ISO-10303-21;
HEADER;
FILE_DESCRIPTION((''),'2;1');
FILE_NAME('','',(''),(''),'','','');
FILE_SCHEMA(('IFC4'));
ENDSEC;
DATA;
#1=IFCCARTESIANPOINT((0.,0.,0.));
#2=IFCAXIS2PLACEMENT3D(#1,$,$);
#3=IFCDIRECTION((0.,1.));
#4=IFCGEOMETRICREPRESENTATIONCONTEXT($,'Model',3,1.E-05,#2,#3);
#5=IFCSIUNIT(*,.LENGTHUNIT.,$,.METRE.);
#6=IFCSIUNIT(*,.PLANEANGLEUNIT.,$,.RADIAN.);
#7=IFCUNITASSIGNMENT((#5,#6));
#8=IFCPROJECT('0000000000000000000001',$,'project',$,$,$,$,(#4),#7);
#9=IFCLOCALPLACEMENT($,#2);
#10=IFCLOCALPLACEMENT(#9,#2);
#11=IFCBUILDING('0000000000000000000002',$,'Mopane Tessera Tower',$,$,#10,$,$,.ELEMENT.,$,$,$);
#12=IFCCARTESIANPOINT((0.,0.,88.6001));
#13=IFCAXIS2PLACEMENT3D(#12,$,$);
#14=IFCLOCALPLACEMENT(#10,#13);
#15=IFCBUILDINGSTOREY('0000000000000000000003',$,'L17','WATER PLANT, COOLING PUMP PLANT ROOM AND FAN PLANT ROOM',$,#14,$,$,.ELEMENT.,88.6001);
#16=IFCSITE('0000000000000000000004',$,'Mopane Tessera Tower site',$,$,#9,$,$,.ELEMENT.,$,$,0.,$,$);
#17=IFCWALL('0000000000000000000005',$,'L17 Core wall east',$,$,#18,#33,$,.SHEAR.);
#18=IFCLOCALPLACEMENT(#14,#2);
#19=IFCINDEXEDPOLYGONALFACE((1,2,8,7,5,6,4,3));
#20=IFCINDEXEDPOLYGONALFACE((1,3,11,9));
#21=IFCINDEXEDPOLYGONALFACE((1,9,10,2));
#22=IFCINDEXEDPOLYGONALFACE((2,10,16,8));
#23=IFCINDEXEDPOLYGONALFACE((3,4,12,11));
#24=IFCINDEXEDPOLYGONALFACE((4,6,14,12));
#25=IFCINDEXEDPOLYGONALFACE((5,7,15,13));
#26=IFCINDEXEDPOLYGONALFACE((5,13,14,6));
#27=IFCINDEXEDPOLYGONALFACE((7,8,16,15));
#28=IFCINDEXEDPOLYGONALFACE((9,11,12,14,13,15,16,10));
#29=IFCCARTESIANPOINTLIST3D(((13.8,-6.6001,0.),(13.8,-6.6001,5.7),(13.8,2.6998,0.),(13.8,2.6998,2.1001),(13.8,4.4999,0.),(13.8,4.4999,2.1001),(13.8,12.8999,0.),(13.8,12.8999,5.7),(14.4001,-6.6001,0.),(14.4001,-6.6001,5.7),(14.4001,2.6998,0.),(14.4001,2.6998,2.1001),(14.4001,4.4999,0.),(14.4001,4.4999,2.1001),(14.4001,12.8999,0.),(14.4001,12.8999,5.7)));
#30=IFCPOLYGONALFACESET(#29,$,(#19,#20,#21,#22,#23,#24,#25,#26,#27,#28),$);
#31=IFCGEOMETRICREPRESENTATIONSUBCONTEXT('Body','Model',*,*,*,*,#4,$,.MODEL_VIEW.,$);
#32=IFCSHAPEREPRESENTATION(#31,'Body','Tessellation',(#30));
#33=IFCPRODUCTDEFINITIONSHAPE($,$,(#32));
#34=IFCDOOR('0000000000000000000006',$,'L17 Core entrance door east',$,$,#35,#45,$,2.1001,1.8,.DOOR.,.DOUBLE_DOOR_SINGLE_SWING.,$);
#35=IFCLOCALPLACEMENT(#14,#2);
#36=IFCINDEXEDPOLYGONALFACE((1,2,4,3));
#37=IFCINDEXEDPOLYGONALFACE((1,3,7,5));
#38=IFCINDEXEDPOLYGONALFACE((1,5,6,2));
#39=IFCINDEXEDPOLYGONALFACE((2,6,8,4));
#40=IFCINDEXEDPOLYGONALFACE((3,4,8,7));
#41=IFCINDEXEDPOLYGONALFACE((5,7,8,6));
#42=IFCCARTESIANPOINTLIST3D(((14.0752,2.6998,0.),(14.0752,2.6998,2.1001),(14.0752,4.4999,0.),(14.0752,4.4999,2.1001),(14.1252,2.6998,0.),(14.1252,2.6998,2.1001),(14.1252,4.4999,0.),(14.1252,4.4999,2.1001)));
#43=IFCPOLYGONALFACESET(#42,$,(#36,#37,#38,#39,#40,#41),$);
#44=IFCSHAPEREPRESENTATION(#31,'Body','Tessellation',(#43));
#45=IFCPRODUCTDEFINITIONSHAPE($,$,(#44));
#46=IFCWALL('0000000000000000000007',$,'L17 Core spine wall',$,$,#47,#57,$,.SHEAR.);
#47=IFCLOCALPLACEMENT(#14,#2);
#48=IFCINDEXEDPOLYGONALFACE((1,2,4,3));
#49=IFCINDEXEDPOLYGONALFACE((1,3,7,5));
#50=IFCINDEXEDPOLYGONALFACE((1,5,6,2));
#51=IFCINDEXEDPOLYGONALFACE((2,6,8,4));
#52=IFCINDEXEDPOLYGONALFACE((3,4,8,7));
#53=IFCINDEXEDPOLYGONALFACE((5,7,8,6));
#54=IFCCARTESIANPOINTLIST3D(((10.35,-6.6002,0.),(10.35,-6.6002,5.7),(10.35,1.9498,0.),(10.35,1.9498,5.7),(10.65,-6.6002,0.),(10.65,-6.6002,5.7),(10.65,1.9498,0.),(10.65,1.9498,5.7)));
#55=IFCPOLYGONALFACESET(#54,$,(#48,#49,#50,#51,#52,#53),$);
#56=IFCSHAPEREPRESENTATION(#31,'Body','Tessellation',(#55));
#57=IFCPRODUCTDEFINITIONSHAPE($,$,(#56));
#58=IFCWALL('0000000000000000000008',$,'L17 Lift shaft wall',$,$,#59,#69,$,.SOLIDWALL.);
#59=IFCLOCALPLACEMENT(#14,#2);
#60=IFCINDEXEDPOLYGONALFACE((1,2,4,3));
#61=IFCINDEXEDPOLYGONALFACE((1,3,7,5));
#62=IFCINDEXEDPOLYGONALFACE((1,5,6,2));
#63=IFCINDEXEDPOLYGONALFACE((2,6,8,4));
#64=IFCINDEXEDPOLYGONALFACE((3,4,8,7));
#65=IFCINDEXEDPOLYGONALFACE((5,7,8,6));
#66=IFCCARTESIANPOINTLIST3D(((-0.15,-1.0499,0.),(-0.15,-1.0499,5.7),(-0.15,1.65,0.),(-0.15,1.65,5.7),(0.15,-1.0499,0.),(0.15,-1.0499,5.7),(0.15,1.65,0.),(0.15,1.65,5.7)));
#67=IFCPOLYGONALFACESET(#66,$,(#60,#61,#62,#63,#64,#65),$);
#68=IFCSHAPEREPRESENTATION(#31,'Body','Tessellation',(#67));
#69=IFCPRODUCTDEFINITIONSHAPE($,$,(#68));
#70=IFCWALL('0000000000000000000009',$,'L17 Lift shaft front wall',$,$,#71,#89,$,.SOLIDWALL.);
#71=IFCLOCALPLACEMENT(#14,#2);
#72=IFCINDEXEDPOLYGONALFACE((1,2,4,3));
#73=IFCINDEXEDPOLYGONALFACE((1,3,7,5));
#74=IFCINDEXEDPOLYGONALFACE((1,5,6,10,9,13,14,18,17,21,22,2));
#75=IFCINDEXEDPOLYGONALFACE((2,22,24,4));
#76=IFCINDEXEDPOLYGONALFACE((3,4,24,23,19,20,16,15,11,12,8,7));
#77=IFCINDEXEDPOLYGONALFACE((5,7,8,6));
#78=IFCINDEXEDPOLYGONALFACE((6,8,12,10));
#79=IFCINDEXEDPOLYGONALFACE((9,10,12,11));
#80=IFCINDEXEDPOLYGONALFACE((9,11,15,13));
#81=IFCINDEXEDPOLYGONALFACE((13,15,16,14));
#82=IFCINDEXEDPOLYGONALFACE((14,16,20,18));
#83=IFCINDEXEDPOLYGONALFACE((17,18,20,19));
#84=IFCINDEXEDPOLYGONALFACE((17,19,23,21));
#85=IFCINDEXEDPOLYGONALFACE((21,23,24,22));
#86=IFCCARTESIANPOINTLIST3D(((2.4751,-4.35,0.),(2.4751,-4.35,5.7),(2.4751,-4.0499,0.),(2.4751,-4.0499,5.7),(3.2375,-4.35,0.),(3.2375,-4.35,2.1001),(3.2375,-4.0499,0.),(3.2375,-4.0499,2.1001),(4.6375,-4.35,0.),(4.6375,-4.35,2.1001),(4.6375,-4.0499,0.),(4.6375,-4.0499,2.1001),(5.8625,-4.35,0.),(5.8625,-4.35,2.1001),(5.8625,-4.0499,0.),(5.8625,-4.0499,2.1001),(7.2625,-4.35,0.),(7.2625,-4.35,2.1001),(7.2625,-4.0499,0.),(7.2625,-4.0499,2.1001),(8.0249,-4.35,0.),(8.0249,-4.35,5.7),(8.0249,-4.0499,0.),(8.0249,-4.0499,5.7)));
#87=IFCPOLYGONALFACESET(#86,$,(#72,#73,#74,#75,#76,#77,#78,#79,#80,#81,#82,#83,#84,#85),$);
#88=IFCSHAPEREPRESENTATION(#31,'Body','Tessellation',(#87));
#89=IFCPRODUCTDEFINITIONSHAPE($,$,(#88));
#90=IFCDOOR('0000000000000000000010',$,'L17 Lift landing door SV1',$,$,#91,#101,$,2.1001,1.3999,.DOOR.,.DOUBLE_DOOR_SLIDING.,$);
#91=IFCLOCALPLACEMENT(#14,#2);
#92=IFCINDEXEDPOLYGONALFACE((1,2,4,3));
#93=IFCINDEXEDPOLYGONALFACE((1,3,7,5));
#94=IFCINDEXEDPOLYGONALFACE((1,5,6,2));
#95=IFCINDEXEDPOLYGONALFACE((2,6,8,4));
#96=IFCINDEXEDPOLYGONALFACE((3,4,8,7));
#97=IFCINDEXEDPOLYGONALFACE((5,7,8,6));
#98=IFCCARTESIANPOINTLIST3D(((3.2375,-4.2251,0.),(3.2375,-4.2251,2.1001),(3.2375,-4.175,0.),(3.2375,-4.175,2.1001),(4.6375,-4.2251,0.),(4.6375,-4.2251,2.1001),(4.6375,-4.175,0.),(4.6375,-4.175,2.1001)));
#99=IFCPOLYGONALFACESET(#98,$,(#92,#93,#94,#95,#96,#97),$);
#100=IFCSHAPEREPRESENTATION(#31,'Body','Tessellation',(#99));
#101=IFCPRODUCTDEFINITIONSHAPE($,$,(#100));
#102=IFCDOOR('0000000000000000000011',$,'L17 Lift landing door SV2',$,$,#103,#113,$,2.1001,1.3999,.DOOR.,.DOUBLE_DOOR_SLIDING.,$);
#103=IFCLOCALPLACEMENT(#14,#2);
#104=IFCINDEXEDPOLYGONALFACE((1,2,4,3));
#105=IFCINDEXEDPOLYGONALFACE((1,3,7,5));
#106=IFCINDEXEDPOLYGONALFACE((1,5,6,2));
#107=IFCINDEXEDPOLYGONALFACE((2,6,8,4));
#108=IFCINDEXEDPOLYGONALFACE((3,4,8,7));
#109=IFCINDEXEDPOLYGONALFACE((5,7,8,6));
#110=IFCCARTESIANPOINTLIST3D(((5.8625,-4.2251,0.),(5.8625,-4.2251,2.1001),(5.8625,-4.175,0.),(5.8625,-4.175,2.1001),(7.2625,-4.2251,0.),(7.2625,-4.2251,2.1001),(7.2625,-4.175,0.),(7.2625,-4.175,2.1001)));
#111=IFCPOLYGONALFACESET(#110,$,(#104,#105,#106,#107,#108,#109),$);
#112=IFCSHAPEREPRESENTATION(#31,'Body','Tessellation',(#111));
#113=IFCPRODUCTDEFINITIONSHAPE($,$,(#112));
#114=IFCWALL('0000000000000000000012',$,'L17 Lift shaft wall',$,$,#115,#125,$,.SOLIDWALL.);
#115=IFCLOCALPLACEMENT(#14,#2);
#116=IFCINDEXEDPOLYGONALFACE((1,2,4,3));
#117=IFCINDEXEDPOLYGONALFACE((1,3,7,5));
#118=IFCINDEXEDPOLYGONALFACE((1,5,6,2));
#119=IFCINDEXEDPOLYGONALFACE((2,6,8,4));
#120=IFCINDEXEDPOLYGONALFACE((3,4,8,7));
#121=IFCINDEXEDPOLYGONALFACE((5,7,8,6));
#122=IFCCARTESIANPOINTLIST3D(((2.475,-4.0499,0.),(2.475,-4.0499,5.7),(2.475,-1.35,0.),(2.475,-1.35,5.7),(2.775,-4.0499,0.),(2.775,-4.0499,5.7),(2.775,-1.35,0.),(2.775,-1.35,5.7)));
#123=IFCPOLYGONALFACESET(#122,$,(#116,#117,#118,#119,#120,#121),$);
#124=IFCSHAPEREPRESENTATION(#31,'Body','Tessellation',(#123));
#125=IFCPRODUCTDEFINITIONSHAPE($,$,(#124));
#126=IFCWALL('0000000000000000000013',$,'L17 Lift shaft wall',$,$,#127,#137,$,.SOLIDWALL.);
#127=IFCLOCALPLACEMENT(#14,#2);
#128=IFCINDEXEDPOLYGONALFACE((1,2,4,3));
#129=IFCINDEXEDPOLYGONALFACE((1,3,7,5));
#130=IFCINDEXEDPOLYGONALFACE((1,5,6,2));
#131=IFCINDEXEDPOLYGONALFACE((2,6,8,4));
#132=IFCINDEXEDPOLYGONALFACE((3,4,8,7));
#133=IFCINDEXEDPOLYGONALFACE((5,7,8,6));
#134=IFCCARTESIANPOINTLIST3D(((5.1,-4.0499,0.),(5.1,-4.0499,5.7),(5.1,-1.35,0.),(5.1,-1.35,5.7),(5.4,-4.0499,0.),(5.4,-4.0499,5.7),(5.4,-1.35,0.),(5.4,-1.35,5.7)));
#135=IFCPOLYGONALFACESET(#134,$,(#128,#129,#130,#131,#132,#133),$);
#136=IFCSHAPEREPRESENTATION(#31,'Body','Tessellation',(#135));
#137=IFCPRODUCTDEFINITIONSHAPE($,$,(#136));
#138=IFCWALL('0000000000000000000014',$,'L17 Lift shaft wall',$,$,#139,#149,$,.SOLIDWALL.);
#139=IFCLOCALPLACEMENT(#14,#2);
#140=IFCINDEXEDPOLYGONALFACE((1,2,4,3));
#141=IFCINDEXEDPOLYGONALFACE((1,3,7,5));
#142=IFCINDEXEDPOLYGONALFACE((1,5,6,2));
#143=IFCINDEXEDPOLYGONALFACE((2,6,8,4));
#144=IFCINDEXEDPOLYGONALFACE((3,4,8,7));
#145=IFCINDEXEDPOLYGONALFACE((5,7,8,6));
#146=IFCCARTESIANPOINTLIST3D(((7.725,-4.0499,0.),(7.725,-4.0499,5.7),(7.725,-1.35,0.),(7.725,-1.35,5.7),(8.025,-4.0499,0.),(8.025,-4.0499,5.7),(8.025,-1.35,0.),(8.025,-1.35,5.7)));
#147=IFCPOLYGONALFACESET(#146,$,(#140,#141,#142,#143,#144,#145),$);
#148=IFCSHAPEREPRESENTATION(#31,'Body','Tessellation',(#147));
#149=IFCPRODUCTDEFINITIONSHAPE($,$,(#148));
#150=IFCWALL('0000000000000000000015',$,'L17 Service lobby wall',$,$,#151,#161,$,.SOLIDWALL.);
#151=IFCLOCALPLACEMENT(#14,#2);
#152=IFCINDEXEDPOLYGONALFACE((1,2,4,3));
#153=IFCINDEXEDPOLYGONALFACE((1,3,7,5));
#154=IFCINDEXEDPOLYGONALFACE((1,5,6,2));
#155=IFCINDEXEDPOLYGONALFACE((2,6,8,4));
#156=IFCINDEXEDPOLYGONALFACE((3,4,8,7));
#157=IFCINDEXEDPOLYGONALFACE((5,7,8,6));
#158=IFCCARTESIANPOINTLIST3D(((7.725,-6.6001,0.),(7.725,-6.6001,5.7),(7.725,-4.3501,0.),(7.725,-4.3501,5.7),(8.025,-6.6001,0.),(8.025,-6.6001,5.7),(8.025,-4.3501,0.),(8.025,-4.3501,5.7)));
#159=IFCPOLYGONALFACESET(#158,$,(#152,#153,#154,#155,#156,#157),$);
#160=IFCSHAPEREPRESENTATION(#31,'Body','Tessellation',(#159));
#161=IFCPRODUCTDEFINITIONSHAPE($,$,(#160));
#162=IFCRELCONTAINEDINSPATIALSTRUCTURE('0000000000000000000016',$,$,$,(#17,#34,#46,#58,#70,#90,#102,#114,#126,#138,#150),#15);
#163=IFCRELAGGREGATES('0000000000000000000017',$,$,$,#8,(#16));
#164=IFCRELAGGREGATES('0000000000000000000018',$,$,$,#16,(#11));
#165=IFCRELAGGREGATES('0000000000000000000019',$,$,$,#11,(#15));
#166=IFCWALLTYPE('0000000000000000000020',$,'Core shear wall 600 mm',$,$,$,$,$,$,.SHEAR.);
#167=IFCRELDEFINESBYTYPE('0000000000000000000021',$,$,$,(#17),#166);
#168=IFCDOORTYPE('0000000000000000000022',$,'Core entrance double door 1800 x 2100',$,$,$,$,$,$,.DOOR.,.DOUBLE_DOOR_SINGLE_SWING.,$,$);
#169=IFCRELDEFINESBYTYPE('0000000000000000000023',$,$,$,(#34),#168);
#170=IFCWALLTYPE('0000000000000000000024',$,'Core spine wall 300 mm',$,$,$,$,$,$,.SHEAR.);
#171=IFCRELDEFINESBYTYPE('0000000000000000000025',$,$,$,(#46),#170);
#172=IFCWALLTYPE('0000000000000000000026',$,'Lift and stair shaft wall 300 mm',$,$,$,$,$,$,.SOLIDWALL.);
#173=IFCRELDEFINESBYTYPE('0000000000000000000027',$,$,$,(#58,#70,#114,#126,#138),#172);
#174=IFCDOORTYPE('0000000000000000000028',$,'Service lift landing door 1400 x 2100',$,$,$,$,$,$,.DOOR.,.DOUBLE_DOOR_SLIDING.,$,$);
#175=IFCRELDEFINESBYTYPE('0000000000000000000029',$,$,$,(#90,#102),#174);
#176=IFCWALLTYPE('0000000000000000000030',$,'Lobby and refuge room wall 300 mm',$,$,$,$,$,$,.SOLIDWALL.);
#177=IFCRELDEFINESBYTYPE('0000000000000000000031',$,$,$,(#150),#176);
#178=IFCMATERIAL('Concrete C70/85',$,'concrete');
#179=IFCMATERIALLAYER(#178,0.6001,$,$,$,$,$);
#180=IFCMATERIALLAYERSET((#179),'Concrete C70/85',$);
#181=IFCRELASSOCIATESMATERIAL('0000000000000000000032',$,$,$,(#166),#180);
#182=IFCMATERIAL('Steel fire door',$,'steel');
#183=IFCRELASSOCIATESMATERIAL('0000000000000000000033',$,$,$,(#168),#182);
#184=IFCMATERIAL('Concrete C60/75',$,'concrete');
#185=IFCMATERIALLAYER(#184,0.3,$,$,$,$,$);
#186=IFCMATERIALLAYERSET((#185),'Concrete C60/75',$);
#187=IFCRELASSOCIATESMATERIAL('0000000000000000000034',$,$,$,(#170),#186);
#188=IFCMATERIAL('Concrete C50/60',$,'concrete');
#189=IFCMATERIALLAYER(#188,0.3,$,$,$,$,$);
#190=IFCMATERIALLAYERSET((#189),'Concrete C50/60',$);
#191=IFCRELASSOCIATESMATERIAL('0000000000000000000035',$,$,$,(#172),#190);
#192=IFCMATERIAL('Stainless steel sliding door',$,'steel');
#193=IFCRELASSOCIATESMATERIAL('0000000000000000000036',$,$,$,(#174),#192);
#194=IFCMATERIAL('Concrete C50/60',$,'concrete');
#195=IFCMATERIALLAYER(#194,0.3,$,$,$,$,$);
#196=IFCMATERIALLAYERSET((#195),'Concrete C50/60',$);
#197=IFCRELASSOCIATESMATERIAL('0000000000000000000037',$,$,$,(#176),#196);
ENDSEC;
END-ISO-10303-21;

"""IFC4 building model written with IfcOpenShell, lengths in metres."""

from ifc_helpers import new_model, si_unit, direction, frame, frame_2d, origin, place, context, subcontext, project, spatial, rectangle, extrude, material, layer, layer_set, type_object, element, fill, save


model = new_model("IFC4")

# Units and contexts
model_context = context("Model", 3, precision=1e-05, world=origin(), true_north=direction((0.0, 1.0)))
body_context = subcontext(model_context, "Body", "Model", "MODEL_VIEW")
ifc_project = project(units=[si_unit("LENGTHUNIT", "METRE"), si_unit("PLANEANGLEUNIT", "RADIAN")], contexts=[model_context])

# Site, building, storey
site_placement = place(None, origin())
site = spatial("IfcSite", under=ifc_project, at=site_placement, Name="Mopane Tessera Tower site", CompositionType="ELEMENT", RefElevation=0.0)
building_placement = place(site_placement, origin())
building = spatial("IfcBuilding", under=site, at=building_placement, Name="Mopane Tessera Tower", CompositionType="ELEMENT")
storey_placement = place(building_placement, frame((0.0, 0.0, 88.6001)))
storey = spatial("IfcBuildingStorey", under=building, at=storey_placement, Name="L17", Description="WATER PLANT, COOLING PUMP PLANT ROOM AND FAN PLANT ROOM", CompositionType="ELEMENT", Elevation=88.6001)

# Wall, opening, door
ifc_material_1 = material(Name="Concrete C70/85", Category="concrete")
ifc_layer_1 = layer(ifc_material_1, 0.6001)
ifc_layer_set_1 = layer_set([ifc_layer_1], Name="Concrete C70/85")
wall_type_1 = type_object("IfcWallType", Name="Core shear wall 600 mm", PredefinedType="SHEAR", material=ifc_layer_set_1)
wall_1_placement = place(storey_placement, frame((14.1001, -6.6001, 0.0), z_axis=(0.0, 0.0, 1.0), x_axis=(0.0, 1.0, 0.0)))
wall_1 = element("IfcWall", 1, at=wall_1_placement, inside=storey, type_object=wall_type_1, Name="L17 Core wall east", PredefinedType="SHEAR", context=body_context, shape_type="SweptSolid", body=[
    extrude(rectangle(XDim=19.5, YDim=0.6001, at=frame_2d((9.75, 0.0))), origin(), (0.0, 0.0, 1.0), 5.7),
])
opening_1_placement = place(wall_1_placement, frame((9.3, 0.0, 0.0)))
opening_1 = element("IfcOpeningElement", 2, at=opening_1_placement, cuts=wall_1, PredefinedType="OPENING", context=body_context, shape_type="SweptSolid", body=[
    extrude(rectangle(XDim=1.8, YDim=2.1001, at=frame_2d((0.8999, 1.05))), frame((0.0, 0.312, 0.0), z_axis=(0.0, -1.0, 0.0), x_axis=(1.0, 0.0, 0.0)), (0.0, 0.0, 1.0), 0.624),
])
ifc_material_2 = material(Name="Steel fire door", Category="steel")
door_type_1 = type_object("IfcDoorType", Name="Core entrance double door 1800 x 2100", OperationType="DOUBLE_DOOR_SINGLE_SWING", PredefinedType="DOOR", material=ifc_material_2)
door_1_placement = place(opening_1_placement, origin())
door_1 = element("IfcDoor", 3, at=door_1_placement, inside=storey, type_object=door_type_1, Name="L17 Core entrance door east", OperationType="DOUBLE_DOOR_SINGLE_SWING", OverallHeight=2.1001, OverallWidth=1.8, PredefinedType="DOOR", context=body_context, shape_type="SweptSolid", body=[
    extrude(rectangle(XDim=1.8, YDim=2.1001, at=frame_2d((0.8999, 1.05))), frame((0.0, 0.0249, 0.0), z_axis=(0.0, -1.0, 0.0), x_axis=(1.0, 0.0, 0.0)), (0.0, 0.0, 1.0), 0.05),
])
fill(opening_1, door_1)

# Walls
ifc_material_3 = material(Name="Concrete C60/75", Category="concrete")
ifc_layer_2 = layer(ifc_material_3, 0.3)
ifc_layer_set_2 = layer_set([ifc_layer_2], Name="Concrete C60/75")
wall_type_2 = type_object("IfcWallType", Name="Core spine wall 300 mm", PredefinedType="SHEAR", material=ifc_layer_set_2)
wall_2_placement = place(storey_placement, frame((10.5, -6.6001, 0.0), z_axis=(0.0, 0.0, 1.0), x_axis=(0.0, 1.0, 0.0)))
element("IfcWall", 4, at=wall_2_placement, inside=storey, type_object=wall_type_2, Name="L17 Core spine wall", PredefinedType="SHEAR", context=body_context, shape_type="SweptSolid", body=[
    extrude(rectangle(XDim=8.55, YDim=0.3, at=frame_2d((4.2749, 0.0))), origin(), (0.0, 0.0, 1.0), 5.7),
])
ifc_material_4 = material(Name="Concrete C50/60", Category="concrete")
ifc_layer_3 = layer(ifc_material_4, 0.3)
ifc_layer_set_3 = layer_set([ifc_layer_3], Name="Concrete C50/60")
wall_type_3 = type_object("IfcWallType", Name="Lift and stair shaft wall 300 mm", PredefinedType="SOLIDWALL", material=ifc_layer_set_3)
wall_3_placement = place(storey_placement, frame((0.0, -1.05, 0.0), z_axis=(0.0, 0.0, 1.0), x_axis=(0.0, 1.0, 0.0)))
element("IfcWall", 5, at=wall_3_placement, inside=storey, type_object=wall_type_3, Name="L17 Lift shaft wall", PredefinedType="SOLIDWALL", context=body_context, shape_type="SweptSolid", body=[
    extrude(rectangle(XDim=2.7, YDim=0.3, at=frame_2d((1.3501, 0.0))), origin(), (0.0, 0.0, 1.0), 5.7),
])

# Wall, openings, doors
wall_4_placement = place(storey_placement, frame((2.4751, -4.2, 0.0), z_axis=(0.0, 0.0, 1.0), x_axis=(1.0, 0.0, 0.0)))
wall_4 = element("IfcWall", 6, at=wall_4_placement, inside=storey, type_object=wall_type_3, Name="L17 Lift shaft front wall", PredefinedType="SOLIDWALL", context=body_context, shape_type="SweptSolid", body=[
    extrude(rectangle(XDim=5.5498, YDim=0.3, at=frame_2d((2.7749, 0.0))), origin(), (0.0, 0.0, 1.0), 5.7),
])
opening_2_placement = place(wall_4_placement, frame((0.7625, 0.0, 0.0)))
opening_2 = element("IfcOpeningElement", 7, at=opening_2_placement, cuts=wall_4, PredefinedType="OPENING", context=body_context, shape_type="SweptSolid", body=[
    extrude(rectangle(XDim=1.3999, YDim=2.1001, at=frame_2d((0.7, 1.05))), frame((0.0, 0.1621, 0.0), z_axis=(0.0, -1.0, 0.0), x_axis=(1.0, 0.0, 0.0)), (0.0, 0.0, 1.0), 0.324),
])
opening_3_placement = place(wall_4_placement, frame((3.3875, 0.0, 0.0)))
opening_3 = element("IfcOpeningElement", 8, at=opening_3_placement, cuts=wall_4, PredefinedType="OPENING", context=body_context, shape_type="SweptSolid", body=[
    extrude(rectangle(XDim=1.3999, YDim=2.1001, at=frame_2d((0.7, 1.05))), frame((0.0, 0.1621, 0.0), z_axis=(0.0, -1.0, 0.0), x_axis=(1.0, 0.0, 0.0)), (0.0, 0.0, 1.0), 0.324),
])
ifc_material_5 = material(Name="Stainless steel sliding door", Category="steel")
door_type_2 = type_object("IfcDoorType", Name="Service lift landing door 1400 x 2100", OperationType="DOUBLE_DOOR_SLIDING", PredefinedType="DOOR", material=ifc_material_5)
door_2_placement = place(opening_2_placement, origin())
door_2 = element("IfcDoor", 9, at=door_2_placement, inside=storey, type_object=door_type_2, Name="L17 Lift landing door SV1", OperationType="DOUBLE_DOOR_SLIDING", OverallHeight=2.1001, OverallWidth=1.3999, PredefinedType="DOOR", context=body_context, shape_type="SweptSolid", body=[
    extrude(rectangle(XDim=1.3999, YDim=2.1001, at=frame_2d((0.7, 1.05))), frame((0.0, 0.0249, 0.0), z_axis=(0.0, -1.0, 0.0), x_axis=(1.0, 0.0, 0.0)), (0.0, 0.0, 1.0), 0.05),
])
fill(opening_2, door_2)
door_3_placement = place(opening_3_placement, origin())
door_3 = element("IfcDoor", 10, at=door_3_placement, inside=storey, type_object=door_type_2, Name="L17 Lift landing door SV2", OperationType="DOUBLE_DOOR_SLIDING", OverallHeight=2.1001, OverallWidth=1.3999, PredefinedType="DOOR", context=body_context, shape_type="SweptSolid", body=[
    extrude(rectangle(XDim=1.3999, YDim=2.1001, at=frame_2d((0.7, 1.05))), frame((0.0, 0.0249, 0.0), z_axis=(0.0, -1.0, 0.0), x_axis=(1.0, 0.0, 0.0)), (0.0, 0.0, 1.0), 0.05),
])
fill(opening_3, door_3)

# Walls
for number, where, z_axis, x_axis, name in (
    (11, (2.625, -4.05, 0.0), (0.0, 0.0, 1.0), (0.0, 1.0, 0.0), "L17 Lift shaft wall"),
    (12, (5.25, -4.05, 0.0), (0.0, 0.0, 1.0), (0.0, 1.0, 0.0), "L17 Lift shaft wall"),
    (13, (7.875, -4.05, 0.0), (0.0, 0.0, 1.0), (0.0, 1.0, 0.0), "L17 Lift shaft wall"),
):
    element("IfcWall", number, at=place(storey_placement, frame(where, z_axis=z_axis, x_axis=x_axis)), inside=storey, type_object=wall_type_3, Name=name, PredefinedType="SOLIDWALL", context=body_context, shape_type="SweptSolid", body=[
        extrude(rectangle(XDim=2.7, YDim=0.3, at=frame_2d((1.3501, 0.0))), origin(), (0.0, 0.0, 1.0), 5.7),
    ])
ifc_material_6 = material(Name="Concrete C50/60", Category="concrete")
ifc_layer_4 = layer(ifc_material_6, 0.3)
ifc_layer_set_4 = layer_set([ifc_layer_4], Name="Concrete C50/60")
wall_type_4 = type_object("IfcWallType", Name="Lobby and refuge room wall 300 mm", PredefinedType="SOLIDWALL", material=ifc_layer_set_4)
wall_5_placement = place(storey_placement, frame((7.875, -6.6001, 0.0), z_axis=(0.0, 0.0, 1.0), x_axis=(0.0, 1.0, 0.0)))
element("IfcWall", 14, at=wall_5_placement, inside=storey, type_object=wall_type_4, Name="L17 Service lobby wall", PredefinedType="SOLIDWALL", context=body_context, shape_type="SweptSolid", body=[
    extrude(rectangle(XDim=2.25, YDim=0.3, at=frame_2d((1.125, 0.0))), origin(), (0.0, 0.0, 1.0), 5.7),
])

save(model, "model.ifc")
